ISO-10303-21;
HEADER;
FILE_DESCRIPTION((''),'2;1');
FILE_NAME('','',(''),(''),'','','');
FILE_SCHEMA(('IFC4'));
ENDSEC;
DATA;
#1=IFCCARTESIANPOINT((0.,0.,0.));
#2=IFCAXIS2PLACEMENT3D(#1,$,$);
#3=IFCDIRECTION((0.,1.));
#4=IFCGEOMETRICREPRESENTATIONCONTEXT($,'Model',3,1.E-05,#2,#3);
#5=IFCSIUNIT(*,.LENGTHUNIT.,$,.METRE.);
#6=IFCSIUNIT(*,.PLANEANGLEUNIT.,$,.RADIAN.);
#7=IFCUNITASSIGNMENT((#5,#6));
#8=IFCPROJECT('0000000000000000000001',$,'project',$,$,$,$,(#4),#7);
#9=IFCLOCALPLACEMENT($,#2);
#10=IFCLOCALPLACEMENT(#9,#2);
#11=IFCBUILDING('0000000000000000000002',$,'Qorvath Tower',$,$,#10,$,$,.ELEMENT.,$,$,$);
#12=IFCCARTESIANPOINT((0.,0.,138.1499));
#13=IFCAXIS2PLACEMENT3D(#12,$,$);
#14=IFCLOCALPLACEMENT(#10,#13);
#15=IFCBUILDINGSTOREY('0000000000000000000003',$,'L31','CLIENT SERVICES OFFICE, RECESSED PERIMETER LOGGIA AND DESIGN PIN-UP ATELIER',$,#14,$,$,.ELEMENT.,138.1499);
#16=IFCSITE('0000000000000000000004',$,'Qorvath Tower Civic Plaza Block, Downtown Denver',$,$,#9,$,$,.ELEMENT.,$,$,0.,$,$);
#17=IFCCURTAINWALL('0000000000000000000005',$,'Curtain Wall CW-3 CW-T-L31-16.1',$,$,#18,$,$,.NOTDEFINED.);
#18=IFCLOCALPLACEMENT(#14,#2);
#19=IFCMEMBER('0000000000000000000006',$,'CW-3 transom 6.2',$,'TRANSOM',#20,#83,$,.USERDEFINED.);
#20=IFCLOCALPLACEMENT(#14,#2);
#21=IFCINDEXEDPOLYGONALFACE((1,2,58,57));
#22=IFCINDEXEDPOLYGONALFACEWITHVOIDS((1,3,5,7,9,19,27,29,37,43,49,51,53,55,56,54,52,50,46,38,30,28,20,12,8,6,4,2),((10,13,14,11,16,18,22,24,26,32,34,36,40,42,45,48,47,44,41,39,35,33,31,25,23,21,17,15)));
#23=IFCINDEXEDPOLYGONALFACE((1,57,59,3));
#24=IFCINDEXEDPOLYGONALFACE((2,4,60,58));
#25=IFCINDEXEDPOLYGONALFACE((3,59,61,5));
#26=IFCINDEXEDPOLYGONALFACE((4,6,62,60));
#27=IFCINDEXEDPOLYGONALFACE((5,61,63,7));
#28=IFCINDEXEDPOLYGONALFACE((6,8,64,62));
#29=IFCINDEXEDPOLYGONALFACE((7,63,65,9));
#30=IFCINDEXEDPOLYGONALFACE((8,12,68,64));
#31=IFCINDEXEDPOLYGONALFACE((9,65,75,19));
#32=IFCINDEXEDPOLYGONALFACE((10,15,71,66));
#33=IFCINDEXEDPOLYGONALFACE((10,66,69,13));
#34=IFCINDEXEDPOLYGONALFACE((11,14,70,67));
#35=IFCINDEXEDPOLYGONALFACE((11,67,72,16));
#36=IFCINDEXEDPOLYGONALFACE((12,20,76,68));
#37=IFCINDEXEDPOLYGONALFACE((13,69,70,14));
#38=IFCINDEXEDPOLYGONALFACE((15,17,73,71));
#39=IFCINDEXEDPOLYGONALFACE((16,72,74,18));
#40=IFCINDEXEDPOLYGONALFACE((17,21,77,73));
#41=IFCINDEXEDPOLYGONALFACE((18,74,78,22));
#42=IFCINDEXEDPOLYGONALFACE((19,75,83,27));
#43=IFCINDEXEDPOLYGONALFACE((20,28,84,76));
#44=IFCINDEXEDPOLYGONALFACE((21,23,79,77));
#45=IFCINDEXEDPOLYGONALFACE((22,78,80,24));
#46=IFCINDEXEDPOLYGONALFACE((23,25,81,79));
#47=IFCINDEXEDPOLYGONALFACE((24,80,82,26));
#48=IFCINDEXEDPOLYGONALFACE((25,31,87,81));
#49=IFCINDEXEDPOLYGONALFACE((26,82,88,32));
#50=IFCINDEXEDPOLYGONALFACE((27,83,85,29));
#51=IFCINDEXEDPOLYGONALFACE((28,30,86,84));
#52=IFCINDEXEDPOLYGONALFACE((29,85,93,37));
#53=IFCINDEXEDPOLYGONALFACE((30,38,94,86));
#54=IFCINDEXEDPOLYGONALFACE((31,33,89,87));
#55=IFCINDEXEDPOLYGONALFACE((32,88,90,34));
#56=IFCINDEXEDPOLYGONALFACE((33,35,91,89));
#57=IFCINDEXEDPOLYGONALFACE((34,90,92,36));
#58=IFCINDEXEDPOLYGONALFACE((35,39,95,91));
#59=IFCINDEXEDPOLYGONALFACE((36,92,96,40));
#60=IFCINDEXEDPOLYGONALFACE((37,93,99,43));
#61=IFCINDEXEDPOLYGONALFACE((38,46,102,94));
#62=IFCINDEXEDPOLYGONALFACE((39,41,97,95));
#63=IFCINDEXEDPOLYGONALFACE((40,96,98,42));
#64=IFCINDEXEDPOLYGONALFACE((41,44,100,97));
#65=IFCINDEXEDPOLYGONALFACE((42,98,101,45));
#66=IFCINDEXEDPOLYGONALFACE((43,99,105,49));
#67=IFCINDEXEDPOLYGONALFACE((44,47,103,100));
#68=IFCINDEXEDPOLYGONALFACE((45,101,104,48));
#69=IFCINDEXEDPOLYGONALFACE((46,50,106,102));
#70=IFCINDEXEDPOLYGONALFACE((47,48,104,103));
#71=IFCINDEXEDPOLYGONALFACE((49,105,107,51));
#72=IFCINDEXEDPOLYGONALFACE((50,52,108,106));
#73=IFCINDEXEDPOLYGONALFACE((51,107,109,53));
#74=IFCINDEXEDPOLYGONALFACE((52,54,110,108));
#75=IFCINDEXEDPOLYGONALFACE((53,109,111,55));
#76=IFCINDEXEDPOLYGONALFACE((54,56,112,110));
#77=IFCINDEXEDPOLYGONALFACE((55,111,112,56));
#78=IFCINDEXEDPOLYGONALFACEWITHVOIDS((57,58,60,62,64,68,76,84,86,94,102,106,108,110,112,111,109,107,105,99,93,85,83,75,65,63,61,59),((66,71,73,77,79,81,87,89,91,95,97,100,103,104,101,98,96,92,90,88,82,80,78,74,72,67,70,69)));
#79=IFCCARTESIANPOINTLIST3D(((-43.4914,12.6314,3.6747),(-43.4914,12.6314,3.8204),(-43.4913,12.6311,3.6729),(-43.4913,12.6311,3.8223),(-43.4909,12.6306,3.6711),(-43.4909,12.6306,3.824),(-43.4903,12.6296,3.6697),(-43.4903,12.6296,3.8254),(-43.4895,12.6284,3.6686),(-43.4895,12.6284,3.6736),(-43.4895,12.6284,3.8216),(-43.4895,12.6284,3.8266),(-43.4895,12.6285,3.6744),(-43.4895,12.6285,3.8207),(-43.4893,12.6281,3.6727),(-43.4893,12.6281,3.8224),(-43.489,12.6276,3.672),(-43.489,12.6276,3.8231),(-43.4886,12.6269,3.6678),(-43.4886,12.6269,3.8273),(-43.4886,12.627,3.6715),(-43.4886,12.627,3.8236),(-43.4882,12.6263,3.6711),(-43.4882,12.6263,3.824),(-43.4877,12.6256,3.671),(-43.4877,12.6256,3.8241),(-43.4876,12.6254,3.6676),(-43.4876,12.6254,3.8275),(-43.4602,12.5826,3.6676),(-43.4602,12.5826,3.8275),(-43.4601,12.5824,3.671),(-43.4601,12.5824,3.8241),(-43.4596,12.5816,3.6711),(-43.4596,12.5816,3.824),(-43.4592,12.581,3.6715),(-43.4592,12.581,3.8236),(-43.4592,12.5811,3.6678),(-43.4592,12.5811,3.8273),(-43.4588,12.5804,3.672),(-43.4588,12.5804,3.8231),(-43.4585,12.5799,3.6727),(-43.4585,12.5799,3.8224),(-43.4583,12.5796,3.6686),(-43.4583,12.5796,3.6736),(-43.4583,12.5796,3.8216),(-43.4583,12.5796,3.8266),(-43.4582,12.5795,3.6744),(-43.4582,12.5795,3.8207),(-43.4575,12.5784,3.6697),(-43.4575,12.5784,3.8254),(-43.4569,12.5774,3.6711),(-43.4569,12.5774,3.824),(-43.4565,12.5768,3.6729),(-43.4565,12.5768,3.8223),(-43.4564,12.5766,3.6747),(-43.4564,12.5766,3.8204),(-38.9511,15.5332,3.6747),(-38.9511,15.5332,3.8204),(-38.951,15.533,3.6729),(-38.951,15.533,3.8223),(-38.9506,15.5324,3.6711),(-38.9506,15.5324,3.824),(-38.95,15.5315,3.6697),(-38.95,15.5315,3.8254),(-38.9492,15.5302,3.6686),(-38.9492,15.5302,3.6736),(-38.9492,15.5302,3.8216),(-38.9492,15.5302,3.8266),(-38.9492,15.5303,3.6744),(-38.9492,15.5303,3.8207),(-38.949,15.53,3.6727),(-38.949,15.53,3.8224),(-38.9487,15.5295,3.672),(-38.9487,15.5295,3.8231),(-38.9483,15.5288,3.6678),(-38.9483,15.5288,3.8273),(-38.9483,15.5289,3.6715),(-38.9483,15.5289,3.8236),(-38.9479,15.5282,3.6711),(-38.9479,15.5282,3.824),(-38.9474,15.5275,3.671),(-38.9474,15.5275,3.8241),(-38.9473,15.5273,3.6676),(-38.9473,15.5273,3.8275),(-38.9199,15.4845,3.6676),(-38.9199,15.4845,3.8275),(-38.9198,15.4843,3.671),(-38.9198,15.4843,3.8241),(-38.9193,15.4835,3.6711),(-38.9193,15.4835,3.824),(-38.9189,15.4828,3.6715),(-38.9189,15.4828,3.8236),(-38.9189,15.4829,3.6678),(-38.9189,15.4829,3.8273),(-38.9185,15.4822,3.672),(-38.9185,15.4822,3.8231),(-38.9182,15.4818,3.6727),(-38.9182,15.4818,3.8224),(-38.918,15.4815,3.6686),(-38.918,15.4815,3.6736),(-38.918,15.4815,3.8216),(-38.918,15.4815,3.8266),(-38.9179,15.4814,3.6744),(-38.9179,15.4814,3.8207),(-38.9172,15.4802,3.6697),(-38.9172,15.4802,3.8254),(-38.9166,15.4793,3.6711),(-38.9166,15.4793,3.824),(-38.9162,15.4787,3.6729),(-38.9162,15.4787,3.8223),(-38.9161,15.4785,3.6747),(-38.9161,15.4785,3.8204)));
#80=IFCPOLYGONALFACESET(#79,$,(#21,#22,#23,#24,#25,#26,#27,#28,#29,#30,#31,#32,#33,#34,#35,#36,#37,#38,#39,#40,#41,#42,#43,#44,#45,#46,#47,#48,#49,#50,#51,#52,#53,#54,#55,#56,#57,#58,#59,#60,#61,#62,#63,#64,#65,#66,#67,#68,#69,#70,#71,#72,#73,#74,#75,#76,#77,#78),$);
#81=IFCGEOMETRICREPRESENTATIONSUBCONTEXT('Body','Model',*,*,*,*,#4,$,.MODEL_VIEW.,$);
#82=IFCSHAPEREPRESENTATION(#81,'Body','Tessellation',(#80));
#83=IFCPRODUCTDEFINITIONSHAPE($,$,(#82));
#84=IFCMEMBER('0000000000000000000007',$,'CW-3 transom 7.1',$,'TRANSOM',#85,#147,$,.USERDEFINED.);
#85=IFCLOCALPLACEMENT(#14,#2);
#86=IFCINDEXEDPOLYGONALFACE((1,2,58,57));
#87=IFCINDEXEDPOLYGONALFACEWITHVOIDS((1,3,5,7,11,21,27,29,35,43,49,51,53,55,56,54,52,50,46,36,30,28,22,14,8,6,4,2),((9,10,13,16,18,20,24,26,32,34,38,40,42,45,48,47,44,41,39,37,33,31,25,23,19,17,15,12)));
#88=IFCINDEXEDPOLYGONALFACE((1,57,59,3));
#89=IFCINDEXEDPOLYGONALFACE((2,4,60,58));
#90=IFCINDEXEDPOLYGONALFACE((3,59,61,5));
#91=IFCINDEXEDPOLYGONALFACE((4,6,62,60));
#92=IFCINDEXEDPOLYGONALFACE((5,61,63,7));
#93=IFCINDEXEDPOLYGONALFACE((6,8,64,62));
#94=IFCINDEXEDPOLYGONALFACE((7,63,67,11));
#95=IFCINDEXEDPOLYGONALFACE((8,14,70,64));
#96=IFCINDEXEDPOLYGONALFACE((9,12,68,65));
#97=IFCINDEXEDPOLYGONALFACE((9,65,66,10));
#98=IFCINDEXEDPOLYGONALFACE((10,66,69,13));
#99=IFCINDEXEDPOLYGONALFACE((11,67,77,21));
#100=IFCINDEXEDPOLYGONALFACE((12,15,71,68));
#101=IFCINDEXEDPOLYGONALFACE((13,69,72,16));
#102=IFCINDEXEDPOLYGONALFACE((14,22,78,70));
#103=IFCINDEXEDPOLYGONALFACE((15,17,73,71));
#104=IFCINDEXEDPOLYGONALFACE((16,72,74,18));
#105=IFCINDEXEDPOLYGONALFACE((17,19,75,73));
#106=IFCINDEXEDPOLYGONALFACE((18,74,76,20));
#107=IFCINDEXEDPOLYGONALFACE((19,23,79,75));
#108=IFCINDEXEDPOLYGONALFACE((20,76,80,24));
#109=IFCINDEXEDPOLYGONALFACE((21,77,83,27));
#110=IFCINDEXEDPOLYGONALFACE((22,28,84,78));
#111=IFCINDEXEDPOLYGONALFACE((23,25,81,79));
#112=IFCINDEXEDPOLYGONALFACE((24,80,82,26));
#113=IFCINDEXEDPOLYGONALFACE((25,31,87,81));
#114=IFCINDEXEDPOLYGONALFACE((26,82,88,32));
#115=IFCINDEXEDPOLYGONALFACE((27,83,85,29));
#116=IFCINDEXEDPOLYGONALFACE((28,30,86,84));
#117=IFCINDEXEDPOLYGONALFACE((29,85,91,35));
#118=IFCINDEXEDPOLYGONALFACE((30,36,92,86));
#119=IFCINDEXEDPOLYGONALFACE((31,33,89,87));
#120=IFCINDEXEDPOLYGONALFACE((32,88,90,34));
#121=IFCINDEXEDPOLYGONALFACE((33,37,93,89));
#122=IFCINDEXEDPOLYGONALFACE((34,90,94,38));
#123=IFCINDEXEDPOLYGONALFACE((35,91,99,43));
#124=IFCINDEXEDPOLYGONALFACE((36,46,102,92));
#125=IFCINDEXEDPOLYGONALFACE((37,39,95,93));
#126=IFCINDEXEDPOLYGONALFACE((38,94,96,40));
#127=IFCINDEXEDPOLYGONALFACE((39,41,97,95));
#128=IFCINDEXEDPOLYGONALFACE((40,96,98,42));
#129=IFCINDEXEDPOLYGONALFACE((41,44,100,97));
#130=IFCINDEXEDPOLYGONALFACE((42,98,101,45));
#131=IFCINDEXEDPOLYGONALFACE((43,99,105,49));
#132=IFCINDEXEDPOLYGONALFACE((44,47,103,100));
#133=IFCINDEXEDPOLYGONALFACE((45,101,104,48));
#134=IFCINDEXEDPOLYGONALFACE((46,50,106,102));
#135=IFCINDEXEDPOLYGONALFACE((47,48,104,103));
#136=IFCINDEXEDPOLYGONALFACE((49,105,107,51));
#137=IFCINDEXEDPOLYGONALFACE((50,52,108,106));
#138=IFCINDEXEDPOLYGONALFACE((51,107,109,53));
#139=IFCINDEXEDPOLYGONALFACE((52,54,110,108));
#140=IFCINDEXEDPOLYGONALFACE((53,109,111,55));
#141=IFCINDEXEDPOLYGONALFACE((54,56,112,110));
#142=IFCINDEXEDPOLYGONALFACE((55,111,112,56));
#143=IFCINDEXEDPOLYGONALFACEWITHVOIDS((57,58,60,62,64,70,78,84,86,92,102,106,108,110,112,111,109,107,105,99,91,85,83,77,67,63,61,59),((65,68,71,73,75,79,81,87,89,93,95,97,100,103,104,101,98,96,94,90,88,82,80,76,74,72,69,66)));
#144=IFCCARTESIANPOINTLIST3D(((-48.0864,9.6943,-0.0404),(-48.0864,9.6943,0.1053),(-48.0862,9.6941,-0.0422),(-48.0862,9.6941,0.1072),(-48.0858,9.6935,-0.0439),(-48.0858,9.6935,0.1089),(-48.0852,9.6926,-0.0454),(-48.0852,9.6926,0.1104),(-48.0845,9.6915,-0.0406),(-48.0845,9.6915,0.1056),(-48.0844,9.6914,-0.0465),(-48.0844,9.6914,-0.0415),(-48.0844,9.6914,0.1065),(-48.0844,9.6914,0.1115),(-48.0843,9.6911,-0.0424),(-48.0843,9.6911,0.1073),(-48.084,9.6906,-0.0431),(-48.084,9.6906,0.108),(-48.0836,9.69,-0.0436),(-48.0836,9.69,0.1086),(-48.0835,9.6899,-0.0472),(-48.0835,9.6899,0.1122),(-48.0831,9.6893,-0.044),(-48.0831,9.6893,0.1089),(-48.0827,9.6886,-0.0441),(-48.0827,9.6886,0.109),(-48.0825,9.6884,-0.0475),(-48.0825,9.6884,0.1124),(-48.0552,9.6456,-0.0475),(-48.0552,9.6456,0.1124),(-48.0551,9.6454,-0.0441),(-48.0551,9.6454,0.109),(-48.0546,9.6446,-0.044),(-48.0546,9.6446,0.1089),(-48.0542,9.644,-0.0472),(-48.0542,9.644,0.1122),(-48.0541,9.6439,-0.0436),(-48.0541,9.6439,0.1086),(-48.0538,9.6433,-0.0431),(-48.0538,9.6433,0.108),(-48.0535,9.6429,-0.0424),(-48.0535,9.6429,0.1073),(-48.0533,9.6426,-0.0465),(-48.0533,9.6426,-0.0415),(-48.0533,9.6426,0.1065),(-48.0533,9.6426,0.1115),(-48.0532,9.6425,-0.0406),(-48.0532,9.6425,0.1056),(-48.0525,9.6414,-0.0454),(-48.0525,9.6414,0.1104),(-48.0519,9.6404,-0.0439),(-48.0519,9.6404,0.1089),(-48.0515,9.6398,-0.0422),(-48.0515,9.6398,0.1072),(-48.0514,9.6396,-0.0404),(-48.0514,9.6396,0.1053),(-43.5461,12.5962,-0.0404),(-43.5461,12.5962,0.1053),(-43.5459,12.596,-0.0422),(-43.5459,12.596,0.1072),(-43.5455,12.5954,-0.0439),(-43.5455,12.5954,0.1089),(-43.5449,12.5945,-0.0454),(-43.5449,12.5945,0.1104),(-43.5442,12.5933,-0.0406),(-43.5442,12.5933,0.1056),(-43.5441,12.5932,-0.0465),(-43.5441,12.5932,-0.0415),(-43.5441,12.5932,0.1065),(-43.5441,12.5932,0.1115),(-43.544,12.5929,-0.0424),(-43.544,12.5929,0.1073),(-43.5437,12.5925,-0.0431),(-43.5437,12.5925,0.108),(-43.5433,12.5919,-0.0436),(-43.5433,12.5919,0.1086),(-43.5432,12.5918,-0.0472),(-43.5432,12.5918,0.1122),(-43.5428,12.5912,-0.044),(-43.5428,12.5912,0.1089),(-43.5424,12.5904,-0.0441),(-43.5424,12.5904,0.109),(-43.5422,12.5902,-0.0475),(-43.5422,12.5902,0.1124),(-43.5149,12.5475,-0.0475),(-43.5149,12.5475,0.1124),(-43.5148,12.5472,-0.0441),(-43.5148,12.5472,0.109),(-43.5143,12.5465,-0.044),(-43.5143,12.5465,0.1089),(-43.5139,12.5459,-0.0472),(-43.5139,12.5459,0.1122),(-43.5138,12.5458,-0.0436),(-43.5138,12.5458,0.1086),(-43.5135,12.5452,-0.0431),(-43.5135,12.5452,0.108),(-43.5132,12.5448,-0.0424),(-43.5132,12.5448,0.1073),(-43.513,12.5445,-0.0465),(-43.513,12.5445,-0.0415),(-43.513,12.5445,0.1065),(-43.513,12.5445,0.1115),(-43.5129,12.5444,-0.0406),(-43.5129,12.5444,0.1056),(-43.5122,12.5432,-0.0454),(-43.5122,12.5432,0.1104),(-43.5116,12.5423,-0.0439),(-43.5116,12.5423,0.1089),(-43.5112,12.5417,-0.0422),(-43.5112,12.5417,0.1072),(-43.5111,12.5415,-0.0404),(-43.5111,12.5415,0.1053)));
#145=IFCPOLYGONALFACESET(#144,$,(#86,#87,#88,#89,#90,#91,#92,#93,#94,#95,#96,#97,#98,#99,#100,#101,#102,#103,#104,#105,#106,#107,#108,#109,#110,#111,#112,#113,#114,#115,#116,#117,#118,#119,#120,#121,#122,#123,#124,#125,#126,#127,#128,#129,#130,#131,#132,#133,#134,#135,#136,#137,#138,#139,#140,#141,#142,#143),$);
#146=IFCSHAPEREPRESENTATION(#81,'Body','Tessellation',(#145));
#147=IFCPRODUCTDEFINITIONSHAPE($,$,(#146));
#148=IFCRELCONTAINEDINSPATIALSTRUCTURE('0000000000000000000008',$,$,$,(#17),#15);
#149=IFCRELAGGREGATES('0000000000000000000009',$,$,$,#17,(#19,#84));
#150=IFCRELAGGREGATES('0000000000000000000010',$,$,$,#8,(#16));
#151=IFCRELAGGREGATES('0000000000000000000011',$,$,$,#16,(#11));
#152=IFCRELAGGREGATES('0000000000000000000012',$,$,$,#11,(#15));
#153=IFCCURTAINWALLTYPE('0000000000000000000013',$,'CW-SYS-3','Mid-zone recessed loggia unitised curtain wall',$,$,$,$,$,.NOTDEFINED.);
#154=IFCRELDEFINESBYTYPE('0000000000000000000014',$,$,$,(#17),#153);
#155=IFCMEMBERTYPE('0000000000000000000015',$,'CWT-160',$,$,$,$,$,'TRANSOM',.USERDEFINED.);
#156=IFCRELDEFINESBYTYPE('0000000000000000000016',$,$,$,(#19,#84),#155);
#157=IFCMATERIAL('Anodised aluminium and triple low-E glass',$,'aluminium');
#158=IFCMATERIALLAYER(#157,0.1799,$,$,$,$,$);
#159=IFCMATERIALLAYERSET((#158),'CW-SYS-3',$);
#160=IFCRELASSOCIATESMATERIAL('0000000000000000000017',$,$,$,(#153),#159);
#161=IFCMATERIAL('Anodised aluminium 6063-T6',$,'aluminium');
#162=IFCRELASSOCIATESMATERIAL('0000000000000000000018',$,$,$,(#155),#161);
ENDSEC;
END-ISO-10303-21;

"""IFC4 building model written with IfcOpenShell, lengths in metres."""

from ifc_helpers import new_model, si_unit, direction, frame, origin, origin_2d, place, context, subcontext, project, spatial, hollow_rectangle, extrude, material, layer, layer_set, material_profile, profile_set, type_object, element, aggregate, save


model = new_model("IFC4")

# Units and contexts
model_context = context("Model", 3, precision=1e-05, world=origin(), true_north=direction((0.0, 1.0)))
body_context = subcontext(model_context, "Body", "Model", "MODEL_VIEW")
ifc_project = project(units=[si_unit("LENGTHUNIT", "METRE"), si_unit("PLANEANGLEUNIT", "RADIAN")], contexts=[model_context])

# Site, building, storey
site_placement = place(None, origin())
site = spatial("IfcSite", under=ifc_project, at=site_placement, Name="Qorvath Tower Civic Plaza Block, Downtown Denver", CompositionType="ELEMENT", RefElevation=0.0)
building_placement = place(site_placement, origin())
building = spatial("IfcBuilding", under=site, at=building_placement, Name="Qorvath Tower", CompositionType="ELEMENT")
storey_placement = place(building_placement, frame((0.0, 0.0, 138.1499)))
storey = spatial("IfcBuildingStorey", under=building, at=storey_placement, Name="L31", Description="CLIENT SERVICES OFFICE, RECESSED PERIMETER LOGGIA AND DESIGN PIN-UP ATELIER", CompositionType="ELEMENT", Elevation=138.1499)

# Curtain wall, members
ifc_material_1 = material(Name="Anodised aluminium and triple low-E glass", Category="aluminium")
ifc_layer_1 = layer(ifc_material_1, 0.1799)
ifc_layer_set_1 = layer_set([ifc_layer_1], Name="CW-SYS-3")
curtain_wall_type = type_object("IfcCurtainWallType", Name="CW-SYS-3", Description="Mid-zone recessed loggia unitised curtain wall", PredefinedType="NOTDEFINED", material=ifc_layer_set_1)
curtain_wall_placement = place(storey_placement, origin())
curtain_wall = element("IfcCurtainWall", 1, at=curtain_wall_placement, inside=storey, type_object=curtain_wall_type, Name="Curtain Wall CW-3 CW-T-L31-16.1", PredefinedType="NOTDEFINED")
ifc_material_2 = material(Name="Anodised aluminium 6063-T6", Category="aluminium")
ifc_material_profile_1 = material_profile(ifc_material_2, hollow_rectangle(XDim=0.0649, YDim=0.1599, WallThickness=0.0034, InnerFilletRadius=0.0034, OuterFilletRadius=0.0071, at=origin_2d()), Name="CWT 160x65")
ifc_profile_set_1 = profile_set([ifc_material_profile_1], Name="Anodised aluminium 6063-T6")
member_type_1 = type_object("IfcMemberType", Name="CWT-160", ElementType="TRANSOM", PredefinedType="USERDEFINED", material=ifc_profile_set_1)
member_1_placement = place(storey_placement, frame((-38.9336, 15.5059, 3.7476), z_axis=(-0.842602, -0.538537, 0.0), x_axis=(0.538537, -0.842602, 0.0)))
member_1 = element("IfcMember", 2, at=member_1_placement, type_object=member_type_1, Name="CW-3 transom 6.2", ObjectType="TRANSOM", PredefinedType="USERDEFINED", context=body_context, shape_type="SweptSolid", body=[
    extrude(hollow_rectangle(XDim=0.0649, YDim=0.1599, WallThickness=0.0034, InnerFilletRadius=0.0034, OuterFilletRadius=0.0071, at=origin_2d()), origin(), (0.0, 0.0, 1.0), 5.3884),
])
member_2_placement = place(storey_placement, frame((-43.5286, 12.5688, 0.0325), z_axis=(-0.842602, -0.538537, 0.0), x_axis=(0.538537, -0.842602, 0.0)))
member_2 = element("IfcMember", 3, at=member_2_placement, type_object=member_type_1, Name="CW-3 transom 7.1", ObjectType="TRANSOM", PredefinedType="USERDEFINED", context=body_context, shape_type="SweptSolid", body=[
    extrude(hollow_rectangle(XDim=0.0649, YDim=0.1599, WallThickness=0.0034, InnerFilletRadius=0.0034, OuterFilletRadius=0.0071, at=origin_2d()), origin(), (0.0, 0.0, 1.0), 5.3884),
])

aggregate(curtain_wall, [member_1, member_2])

save(model, "model.ifc")
